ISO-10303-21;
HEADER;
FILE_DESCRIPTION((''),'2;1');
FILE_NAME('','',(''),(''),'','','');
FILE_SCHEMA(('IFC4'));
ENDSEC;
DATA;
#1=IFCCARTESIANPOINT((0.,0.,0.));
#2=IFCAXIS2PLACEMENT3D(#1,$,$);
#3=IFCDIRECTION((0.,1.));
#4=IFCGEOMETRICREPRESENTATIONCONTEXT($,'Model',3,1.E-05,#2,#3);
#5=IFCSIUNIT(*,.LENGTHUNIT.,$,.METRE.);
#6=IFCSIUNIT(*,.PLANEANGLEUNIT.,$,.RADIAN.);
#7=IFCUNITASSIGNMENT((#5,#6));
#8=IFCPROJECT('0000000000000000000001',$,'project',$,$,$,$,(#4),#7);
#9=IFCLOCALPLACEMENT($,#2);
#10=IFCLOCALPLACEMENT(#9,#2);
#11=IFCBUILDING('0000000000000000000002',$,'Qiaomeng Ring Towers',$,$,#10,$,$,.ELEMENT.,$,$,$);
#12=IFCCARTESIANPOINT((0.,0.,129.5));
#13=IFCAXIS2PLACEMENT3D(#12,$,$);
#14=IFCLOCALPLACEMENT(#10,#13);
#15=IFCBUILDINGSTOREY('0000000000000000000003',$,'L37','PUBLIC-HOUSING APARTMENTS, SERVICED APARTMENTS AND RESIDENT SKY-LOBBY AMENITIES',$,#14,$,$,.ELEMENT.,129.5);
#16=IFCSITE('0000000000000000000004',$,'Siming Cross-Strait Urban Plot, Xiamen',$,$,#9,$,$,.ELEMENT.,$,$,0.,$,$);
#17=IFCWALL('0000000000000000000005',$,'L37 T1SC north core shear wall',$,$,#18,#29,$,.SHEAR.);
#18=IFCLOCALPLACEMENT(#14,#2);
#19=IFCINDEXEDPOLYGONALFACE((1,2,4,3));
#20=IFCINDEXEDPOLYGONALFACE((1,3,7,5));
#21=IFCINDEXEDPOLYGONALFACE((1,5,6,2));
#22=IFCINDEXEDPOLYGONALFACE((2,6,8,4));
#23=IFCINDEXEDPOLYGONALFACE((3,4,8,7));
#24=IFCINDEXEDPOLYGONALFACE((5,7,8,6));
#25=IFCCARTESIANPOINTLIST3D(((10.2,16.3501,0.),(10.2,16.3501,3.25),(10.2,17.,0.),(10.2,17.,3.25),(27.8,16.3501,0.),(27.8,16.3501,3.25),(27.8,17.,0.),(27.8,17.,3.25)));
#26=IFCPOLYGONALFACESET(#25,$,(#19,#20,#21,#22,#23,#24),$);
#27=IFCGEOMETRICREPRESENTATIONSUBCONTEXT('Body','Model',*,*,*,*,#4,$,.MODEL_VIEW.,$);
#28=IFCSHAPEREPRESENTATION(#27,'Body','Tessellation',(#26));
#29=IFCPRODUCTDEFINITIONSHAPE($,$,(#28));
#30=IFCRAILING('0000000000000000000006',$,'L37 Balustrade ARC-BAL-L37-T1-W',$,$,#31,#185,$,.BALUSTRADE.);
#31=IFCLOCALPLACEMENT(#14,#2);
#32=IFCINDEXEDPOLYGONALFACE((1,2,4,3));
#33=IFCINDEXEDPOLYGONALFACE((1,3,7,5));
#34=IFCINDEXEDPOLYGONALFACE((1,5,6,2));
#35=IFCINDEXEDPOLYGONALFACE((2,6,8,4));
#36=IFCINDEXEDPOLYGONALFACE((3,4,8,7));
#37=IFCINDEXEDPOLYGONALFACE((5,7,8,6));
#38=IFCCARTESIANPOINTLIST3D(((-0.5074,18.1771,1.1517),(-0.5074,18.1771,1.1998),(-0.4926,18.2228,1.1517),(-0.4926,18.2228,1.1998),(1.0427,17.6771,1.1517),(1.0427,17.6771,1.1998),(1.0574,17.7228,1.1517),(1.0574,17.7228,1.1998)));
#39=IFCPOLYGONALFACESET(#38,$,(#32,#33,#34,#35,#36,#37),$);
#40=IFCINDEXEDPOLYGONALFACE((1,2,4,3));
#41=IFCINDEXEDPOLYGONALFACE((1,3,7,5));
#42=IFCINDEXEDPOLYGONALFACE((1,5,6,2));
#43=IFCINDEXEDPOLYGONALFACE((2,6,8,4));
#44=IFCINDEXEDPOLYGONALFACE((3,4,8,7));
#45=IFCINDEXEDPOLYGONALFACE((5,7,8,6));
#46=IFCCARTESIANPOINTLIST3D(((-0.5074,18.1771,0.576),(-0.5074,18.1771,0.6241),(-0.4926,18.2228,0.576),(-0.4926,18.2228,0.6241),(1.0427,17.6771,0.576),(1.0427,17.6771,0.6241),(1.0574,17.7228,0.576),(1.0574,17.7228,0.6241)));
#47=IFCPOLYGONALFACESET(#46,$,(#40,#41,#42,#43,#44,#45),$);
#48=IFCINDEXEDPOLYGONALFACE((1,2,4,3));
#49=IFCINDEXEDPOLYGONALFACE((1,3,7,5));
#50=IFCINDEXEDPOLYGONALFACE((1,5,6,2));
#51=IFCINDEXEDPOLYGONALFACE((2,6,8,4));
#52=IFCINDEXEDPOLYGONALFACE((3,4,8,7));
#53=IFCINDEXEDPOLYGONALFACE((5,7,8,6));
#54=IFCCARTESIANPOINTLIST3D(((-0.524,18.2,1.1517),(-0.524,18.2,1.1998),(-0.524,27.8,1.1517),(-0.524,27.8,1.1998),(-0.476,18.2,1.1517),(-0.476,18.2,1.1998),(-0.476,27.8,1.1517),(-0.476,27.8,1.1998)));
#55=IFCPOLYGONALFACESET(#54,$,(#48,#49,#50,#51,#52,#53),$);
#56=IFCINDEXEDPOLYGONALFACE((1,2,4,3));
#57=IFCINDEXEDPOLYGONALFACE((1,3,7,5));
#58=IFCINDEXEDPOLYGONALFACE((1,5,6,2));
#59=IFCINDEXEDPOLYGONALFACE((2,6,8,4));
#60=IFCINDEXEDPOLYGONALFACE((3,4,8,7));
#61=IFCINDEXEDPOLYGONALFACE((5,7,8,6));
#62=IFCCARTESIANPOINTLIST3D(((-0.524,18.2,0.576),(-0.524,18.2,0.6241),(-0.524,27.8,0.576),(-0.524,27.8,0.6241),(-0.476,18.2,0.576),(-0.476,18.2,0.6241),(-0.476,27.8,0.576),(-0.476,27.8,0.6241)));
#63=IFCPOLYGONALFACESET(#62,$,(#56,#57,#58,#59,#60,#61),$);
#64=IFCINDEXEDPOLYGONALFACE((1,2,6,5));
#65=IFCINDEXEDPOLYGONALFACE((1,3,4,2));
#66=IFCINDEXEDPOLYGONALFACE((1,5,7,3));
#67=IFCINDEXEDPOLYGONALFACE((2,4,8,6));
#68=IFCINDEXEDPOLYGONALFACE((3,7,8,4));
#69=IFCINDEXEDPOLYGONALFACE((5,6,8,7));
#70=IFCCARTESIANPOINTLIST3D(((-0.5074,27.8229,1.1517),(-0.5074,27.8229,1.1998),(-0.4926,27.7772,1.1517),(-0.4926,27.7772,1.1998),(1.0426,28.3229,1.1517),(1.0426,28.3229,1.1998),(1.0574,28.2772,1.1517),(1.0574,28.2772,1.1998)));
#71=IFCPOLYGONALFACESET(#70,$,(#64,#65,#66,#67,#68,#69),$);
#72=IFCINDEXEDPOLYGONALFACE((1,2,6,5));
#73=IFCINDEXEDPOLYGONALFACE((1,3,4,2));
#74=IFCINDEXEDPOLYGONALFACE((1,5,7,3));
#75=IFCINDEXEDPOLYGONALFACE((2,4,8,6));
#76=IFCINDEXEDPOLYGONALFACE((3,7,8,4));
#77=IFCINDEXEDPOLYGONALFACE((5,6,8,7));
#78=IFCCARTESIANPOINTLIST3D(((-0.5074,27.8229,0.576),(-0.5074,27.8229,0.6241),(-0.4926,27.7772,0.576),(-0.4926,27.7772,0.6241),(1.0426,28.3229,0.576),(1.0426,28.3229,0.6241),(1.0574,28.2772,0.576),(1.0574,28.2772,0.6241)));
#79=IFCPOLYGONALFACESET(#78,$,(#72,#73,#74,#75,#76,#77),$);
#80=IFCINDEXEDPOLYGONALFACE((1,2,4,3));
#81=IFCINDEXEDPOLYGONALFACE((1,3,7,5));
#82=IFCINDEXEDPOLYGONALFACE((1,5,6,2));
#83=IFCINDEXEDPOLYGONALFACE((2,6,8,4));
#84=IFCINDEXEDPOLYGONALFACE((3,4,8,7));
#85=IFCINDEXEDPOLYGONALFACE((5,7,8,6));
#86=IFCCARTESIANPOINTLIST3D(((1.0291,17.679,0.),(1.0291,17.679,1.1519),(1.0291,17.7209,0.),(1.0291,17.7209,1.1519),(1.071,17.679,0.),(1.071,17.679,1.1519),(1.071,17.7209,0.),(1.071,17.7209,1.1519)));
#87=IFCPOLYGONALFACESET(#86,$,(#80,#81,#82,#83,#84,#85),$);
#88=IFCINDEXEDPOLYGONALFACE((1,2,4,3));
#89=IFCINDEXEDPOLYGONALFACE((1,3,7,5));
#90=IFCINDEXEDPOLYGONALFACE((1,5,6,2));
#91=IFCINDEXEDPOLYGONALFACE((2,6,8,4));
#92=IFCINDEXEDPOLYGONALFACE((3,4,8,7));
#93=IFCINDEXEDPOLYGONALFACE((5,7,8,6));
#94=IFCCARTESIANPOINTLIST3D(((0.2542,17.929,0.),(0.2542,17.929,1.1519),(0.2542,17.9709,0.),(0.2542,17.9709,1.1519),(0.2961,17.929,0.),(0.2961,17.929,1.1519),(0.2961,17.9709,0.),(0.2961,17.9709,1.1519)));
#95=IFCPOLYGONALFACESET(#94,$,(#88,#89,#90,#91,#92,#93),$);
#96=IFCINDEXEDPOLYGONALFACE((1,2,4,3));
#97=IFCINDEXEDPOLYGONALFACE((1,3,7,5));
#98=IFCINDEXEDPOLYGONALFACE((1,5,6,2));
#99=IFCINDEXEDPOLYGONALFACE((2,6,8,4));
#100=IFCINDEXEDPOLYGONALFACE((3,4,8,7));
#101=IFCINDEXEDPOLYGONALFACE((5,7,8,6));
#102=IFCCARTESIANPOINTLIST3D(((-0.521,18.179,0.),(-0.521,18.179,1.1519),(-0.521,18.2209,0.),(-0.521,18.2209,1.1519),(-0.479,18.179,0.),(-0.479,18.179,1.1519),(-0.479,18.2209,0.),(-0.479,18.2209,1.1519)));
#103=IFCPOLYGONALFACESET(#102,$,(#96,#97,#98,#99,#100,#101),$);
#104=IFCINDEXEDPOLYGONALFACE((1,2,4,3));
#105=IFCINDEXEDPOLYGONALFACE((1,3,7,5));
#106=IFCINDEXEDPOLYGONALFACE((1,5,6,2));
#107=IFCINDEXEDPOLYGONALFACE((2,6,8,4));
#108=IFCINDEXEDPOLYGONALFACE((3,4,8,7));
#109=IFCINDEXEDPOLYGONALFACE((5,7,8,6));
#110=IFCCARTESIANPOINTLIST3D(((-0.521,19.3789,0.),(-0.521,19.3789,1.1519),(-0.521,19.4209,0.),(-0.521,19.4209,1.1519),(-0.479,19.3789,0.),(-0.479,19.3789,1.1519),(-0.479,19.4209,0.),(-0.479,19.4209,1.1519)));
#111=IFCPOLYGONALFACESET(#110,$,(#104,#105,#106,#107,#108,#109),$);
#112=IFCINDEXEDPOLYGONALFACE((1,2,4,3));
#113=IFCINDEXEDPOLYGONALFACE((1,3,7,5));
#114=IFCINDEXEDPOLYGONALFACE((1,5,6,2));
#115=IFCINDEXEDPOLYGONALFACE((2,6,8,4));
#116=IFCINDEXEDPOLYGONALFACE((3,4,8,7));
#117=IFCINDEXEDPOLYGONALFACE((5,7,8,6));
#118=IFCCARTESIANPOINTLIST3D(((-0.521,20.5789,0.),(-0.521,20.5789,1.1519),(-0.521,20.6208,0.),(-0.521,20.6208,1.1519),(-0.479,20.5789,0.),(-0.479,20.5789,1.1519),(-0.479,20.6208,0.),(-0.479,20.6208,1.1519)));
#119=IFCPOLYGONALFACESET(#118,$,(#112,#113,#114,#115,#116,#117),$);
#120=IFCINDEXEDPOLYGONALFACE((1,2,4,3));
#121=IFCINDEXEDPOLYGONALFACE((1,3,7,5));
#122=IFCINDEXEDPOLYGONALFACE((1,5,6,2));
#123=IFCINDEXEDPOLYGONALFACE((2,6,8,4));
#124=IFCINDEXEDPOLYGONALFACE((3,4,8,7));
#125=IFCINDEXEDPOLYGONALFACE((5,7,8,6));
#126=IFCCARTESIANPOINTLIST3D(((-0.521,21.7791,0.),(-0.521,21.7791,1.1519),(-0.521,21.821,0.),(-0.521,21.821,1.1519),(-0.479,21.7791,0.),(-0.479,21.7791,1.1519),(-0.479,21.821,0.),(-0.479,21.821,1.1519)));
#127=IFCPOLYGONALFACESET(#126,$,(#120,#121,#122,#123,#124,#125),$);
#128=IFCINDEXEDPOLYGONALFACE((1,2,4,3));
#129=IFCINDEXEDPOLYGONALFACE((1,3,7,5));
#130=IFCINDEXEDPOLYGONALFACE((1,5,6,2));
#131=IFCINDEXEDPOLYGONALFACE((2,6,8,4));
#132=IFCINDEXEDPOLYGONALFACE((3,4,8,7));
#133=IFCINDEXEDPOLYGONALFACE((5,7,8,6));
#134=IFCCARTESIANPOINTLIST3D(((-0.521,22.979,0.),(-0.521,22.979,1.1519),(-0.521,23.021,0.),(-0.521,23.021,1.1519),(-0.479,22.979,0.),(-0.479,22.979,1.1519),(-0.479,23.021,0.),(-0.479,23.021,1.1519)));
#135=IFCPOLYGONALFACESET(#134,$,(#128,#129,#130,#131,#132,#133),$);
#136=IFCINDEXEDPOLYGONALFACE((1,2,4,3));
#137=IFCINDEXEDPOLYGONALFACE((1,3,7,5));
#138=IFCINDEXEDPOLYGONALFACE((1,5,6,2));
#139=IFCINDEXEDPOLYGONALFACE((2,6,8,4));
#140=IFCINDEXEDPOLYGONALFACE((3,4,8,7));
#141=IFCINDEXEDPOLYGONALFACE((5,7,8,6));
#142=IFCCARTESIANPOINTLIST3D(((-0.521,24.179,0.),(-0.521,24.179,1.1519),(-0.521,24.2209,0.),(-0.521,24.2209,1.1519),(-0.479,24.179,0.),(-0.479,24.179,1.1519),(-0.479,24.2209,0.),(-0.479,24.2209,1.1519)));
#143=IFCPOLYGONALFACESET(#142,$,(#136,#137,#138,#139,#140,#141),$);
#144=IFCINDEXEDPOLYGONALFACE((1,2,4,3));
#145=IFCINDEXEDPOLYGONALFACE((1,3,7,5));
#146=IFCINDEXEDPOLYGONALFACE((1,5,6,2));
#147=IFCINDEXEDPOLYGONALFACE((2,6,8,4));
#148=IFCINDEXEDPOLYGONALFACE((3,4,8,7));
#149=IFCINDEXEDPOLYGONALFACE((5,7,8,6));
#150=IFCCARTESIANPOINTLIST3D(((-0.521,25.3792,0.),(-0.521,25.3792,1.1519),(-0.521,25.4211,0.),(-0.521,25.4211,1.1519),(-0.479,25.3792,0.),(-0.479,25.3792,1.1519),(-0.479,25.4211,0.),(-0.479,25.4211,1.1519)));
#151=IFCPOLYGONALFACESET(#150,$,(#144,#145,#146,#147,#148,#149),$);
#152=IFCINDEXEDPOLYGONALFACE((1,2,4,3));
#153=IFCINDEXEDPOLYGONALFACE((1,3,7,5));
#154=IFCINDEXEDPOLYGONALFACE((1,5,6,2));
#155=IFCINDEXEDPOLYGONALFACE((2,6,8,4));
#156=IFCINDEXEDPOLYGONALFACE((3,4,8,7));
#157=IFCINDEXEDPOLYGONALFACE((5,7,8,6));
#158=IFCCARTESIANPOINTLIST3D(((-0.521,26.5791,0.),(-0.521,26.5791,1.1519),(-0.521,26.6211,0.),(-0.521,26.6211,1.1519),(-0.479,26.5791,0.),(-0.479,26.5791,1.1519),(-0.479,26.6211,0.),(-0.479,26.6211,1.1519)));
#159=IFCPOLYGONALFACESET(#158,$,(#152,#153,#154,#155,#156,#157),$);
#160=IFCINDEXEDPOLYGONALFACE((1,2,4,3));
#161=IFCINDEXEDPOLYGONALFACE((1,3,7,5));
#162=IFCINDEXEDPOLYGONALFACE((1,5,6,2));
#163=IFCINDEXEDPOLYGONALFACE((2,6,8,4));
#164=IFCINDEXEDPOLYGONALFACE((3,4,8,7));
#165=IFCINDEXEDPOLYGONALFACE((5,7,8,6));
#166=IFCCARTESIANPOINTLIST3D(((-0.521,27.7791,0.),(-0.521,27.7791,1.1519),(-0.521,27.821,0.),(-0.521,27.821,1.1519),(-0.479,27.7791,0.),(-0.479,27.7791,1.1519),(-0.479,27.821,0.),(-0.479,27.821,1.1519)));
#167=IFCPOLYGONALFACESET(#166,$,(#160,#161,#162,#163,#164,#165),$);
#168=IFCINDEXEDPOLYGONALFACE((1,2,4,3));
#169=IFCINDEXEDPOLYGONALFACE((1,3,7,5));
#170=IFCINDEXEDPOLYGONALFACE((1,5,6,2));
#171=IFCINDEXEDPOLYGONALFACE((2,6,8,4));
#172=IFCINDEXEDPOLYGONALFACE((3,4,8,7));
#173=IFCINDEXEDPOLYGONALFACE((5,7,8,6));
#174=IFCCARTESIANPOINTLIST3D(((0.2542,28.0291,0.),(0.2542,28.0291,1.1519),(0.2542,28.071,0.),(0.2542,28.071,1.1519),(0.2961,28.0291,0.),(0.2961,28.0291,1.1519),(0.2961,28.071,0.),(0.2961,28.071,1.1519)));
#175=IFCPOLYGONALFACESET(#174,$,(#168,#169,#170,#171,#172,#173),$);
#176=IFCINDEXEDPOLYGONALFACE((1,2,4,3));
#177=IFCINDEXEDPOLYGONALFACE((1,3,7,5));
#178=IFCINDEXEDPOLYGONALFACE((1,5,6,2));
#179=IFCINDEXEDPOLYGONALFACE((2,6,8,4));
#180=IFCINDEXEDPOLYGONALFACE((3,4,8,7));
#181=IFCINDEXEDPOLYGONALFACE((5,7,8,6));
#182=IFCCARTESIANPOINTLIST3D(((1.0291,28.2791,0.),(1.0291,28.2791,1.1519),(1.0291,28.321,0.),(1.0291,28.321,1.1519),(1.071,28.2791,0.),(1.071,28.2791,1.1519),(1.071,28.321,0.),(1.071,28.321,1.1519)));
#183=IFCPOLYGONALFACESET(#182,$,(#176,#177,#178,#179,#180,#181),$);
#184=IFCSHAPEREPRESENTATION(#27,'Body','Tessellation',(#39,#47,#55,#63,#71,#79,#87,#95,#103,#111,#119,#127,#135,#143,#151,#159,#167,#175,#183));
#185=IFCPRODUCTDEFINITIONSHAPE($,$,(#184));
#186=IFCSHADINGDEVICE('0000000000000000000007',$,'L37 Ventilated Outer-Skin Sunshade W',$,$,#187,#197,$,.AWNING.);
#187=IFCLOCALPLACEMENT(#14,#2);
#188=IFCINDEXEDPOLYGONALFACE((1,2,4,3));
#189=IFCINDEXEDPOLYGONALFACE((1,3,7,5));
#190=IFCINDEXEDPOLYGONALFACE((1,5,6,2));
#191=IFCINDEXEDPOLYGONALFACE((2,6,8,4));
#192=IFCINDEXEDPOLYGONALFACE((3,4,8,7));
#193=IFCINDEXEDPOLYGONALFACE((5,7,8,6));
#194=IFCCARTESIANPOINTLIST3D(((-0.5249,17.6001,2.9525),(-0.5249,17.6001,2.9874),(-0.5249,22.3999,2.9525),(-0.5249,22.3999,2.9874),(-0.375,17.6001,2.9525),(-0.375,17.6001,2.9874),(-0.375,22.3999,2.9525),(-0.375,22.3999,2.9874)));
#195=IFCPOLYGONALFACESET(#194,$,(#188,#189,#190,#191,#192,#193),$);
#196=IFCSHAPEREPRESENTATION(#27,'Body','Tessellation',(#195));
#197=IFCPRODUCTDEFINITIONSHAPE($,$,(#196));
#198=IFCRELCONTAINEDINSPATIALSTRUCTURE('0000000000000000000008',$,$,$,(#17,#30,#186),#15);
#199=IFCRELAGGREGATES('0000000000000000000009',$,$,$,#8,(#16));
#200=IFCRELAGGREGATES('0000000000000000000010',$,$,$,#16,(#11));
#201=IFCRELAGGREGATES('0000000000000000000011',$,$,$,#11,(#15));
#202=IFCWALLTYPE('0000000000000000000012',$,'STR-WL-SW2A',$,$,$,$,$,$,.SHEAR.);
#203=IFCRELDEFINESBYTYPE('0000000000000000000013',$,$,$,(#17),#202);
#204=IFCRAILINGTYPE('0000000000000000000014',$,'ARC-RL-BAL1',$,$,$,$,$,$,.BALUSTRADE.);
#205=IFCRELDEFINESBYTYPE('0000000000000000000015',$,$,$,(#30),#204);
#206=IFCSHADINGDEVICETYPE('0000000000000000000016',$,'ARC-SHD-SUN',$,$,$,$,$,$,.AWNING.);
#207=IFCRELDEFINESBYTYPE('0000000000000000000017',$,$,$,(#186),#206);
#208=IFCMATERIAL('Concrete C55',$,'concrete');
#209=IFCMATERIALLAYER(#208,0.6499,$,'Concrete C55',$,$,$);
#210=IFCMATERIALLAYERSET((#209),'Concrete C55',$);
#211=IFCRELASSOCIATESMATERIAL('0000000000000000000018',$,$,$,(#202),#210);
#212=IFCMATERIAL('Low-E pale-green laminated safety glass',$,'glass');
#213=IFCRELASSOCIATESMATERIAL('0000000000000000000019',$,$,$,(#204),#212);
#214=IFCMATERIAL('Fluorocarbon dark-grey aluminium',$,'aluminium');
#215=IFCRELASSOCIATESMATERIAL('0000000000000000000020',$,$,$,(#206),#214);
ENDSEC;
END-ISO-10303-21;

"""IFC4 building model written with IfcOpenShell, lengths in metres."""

from ifc_helpers import new_model, si_unit, direction, frame, frame_2d, origin, origin_2d, place, context, subcontext, project, spatial, rectangle, extrude, source, transform, mapped, material, layer, layer_set, material_profile, profile_set, type_object, element, save


model = new_model("IFC4")

# Units and contexts
model_context = context("Model", 3, precision=1e-05, world=origin(), true_north=direction((0.0, 1.0)))
body_context = subcontext(model_context, "Body", "Model", "MODEL_VIEW")
ifc_project = project(units=[si_unit("LENGTHUNIT", "METRE"), si_unit("PLANEANGLEUNIT", "RADIAN")], contexts=[model_context])

# Site, building, storey
site_placement = place(None, origin())
site = spatial("IfcSite", under=ifc_project, at=site_placement, Name="Siming Cross-Strait Urban Plot, Xiamen", CompositionType="ELEMENT", RefElevation=0.0)
building_placement = place(site_placement, origin())
building = spatial("IfcBuilding", under=site, at=building_placement, Name="Qiaomeng Ring Towers", CompositionType="ELEMENT")
storey_placement = place(building_placement, frame((0.0, 0.0, 129.5)))
storey = spatial("IfcBuildingStorey", under=building, at=storey_placement, Name="L37", Description="PUBLIC-HOUSING APARTMENTS, SERVICED APARTMENTS AND RESIDENT SKY-LOBBY AMENITIES", CompositionType="ELEMENT", Elevation=129.5)

# Shared definitions
ifc_material_1 = material(Name="Concrete C55", Category="concrete")

# Wall
ifc_layer_1 = layer(ifc_material_1, 0.6499, Name="Concrete C55")
ifc_layer_set_1 = layer_set([ifc_layer_1], Name="Concrete C55")
wall_type_1 = type_object("IfcWallType", Name="STR-WL-SW2A", PredefinedType="SHEAR", material=ifc_layer_set_1)
wall_1_placement = place(storey_placement, frame((10.2, 16.675, 0.0), z_axis=(0.0, 0.0, 1.0), x_axis=(1.0, 0.0, 0.0)))
element("IfcWall", 1, at=wall_1_placement, inside=storey, type_object=wall_type_1, Name="L37 T1SC north core shear wall", PredefinedType="SHEAR", context=body_context, shape_type="SweptSolid", body=[
    extrude(rectangle(XDim=17.6001, YDim=0.6499, at=frame_2d((8.8, 0.0))), origin(), (0.0, 0.0, 1.0), 3.25),
])

# Railing
ifc_material_2 = material(Name="Low-E pale-green laminated safety glass", Category="glass")
railing_type = type_object("IfcRailingType", Name="ARC-RL-BAL1", PredefinedType="BALUSTRADE", material=ifc_material_2)
railing_placement = place(storey_placement, frame((1.05, 17.7, 0.0)))
element("IfcRailing", 2, at=railing_placement, inside=storey, type_object=railing_type, Name="L37 Balustrade ARC-BAL-L37-T1-W", PredefinedType="BALUSTRADE", context=body_context, shape_type="SweptSolid", body=[
    extrude(rectangle(XDim=0.0481, YDim=0.0481, at=origin_2d()), frame((0.0, 0.0, 1.1758), z_axis=(-0.951711, 0.306994, 0.0), x_axis=(-0.306994, -0.951711, 0.0)), (0.0, 0.0, 1.0), 1.6287),
    extrude(rectangle(XDim=0.0481, YDim=0.0481, at=origin_2d()), frame((0.0, 0.0, 0.6001), z_axis=(-0.951711, 0.306994, 0.0), x_axis=(-0.306994, -0.951711, 0.0)), (0.0, 0.0, 1.0), 1.6287),
    extrude(rectangle(XDim=0.0481, YDim=0.0481, at=origin_2d()), frame((-1.55, 0.5, 1.1758), z_axis=(0.0, 1.0, 0.0), x_axis=(-1.0, 0.0, 0.0)), (0.0, 0.0, 1.0), 9.6001),
    extrude(rectangle(XDim=0.0481, YDim=0.0481, at=origin_2d()), frame((-1.55, 0.5, 0.6001), z_axis=(0.0, 1.0, 0.0), x_axis=(-1.0, 0.0, 0.0)), (0.0, 0.0, 1.0), 9.6001),
    extrude(rectangle(XDim=0.0481, YDim=0.0481, at=origin_2d()), frame((-1.55, 10.1001, 1.1758), z_axis=(0.951711, 0.306994, 0.0), x_axis=(-0.306994, 0.951711, 0.0)), (0.0, 0.0, 1.0), 1.6287),
    extrude(rectangle(XDim=0.0481, YDim=0.0481, at=origin_2d()), frame((-1.55, 10.1001, 0.6001), z_axis=(0.951711, 0.306994, 0.0), x_axis=(-0.306994, 0.951711, 0.0)), (0.0, 0.0, 1.0), 1.6287),
    extrude(rectangle(XDim=0.042, YDim=0.042, at=origin_2d()), origin(), (0.0, 0.0, 1.0), 1.1519),
    extrude(rectangle(XDim=0.042, YDim=0.042, at=origin_2d()), frame((-0.7749, 0.25, 0.0)), (0.0, 0.0, 1.0), 1.1519),
    extrude(rectangle(XDim=0.042, YDim=0.042, at=origin_2d()), frame((-1.55, 0.5, 0.0)), (0.0, 0.0, 1.0), 1.1519),
    extrude(rectangle(XDim=0.042, YDim=0.042, at=origin_2d()), frame((-1.55, 1.7, 0.0)), (0.0, 0.0, 1.0), 1.1519),
    extrude(rectangle(XDim=0.042, YDim=0.042, at=origin_2d()), frame((-1.55, 2.8999, 0.0)), (0.0, 0.0, 1.0), 1.1519),
    extrude(rectangle(XDim=0.042, YDim=0.042, at=origin_2d()), frame((-1.55, 4.1001, 0.0)), (0.0, 0.0, 1.0), 1.1519),
    extrude(rectangle(XDim=0.042, YDim=0.042, at=origin_2d()), frame((-1.55, 5.3, 0.0)), (0.0, 0.0, 1.0), 1.1519),
    extrude(rectangle(XDim=0.042, YDim=0.042, at=origin_2d()), frame((-1.55, 6.5, 0.0)), (0.0, 0.0, 1.0), 1.1519),
    extrude(rectangle(XDim=0.042, YDim=0.042, at=origin_2d()), frame((-1.55, 7.7002, 0.0)), (0.0, 0.0, 1.0), 1.1519),
    extrude(rectangle(XDim=0.042, YDim=0.042, at=origin_2d()), frame((-1.55, 8.9001, 0.0)), (0.0, 0.0, 1.0), 1.1519),
    extrude(rectangle(XDim=0.042, YDim=0.042, at=origin_2d()), frame((-1.55, 10.1001, 0.0)), (0.0, 0.0, 1.0), 1.1519),
    extrude(rectangle(XDim=0.042, YDim=0.042, at=origin_2d()), frame((-0.7749, 10.3501, 0.0)), (0.0, 0.0, 1.0), 1.1519),
    extrude(rectangle(XDim=0.042, YDim=0.042, at=origin_2d()), frame((0.0, 10.6001, 0.0)), (0.0, 0.0, 1.0), 1.1519),
])

# Shading device
ifc_material_3 = material(Name="Fluorocarbon dark-grey aluminium", Category="aluminium")
ifc_material_profile_1 = material_profile(ifc_material_3, rectangle(XDim=0.1499, YDim=0.0349, at=origin_2d()), Name="LV BLADE 150x35")
ifc_profile_set_1 = profile_set([ifc_material_profile_1], Name="Fluorocarbon dark-grey aluminium")
shading_device_type = type_object("IfcShadingDeviceType", Name="ARC-SHD-SUN", PredefinedType="AWNING", material=ifc_profile_set_1)
shared_shape_1 = source(origin(), body_context, "Body", "SweptSolid", [
    extrude(rectangle(XDim=0.1499, YDim=0.0349, at=origin_2d()), origin(), (0.0, 0.0, 1.0), 4.7998),
])
shading_device_placement = place(storey_placement, frame((-0.45, 17.6001, 2.97), z_axis=(0.0, 1.0, 0.0), x_axis=(-1.0, 0.0, 0.0)))
element("IfcShadingDevice", 3, at=shading_device_placement, inside=storey, type_object=shading_device_type, Name="L37 Ventilated Outer-Skin Sunshade W", PredefinedType="AWNING", context=body_context, shape_type="MappedRepresentation", body=[
    mapped(shared_shape_1, transform((0.0, 0.0, 0.0), x_axis=(1.0, 0.0, 0.0), y_axis=(0.0, 1.0, 0.0), z_axis=(0.0, 0.0, 1.0), scale=1.0)),
])

save(model, "model.ifc")
